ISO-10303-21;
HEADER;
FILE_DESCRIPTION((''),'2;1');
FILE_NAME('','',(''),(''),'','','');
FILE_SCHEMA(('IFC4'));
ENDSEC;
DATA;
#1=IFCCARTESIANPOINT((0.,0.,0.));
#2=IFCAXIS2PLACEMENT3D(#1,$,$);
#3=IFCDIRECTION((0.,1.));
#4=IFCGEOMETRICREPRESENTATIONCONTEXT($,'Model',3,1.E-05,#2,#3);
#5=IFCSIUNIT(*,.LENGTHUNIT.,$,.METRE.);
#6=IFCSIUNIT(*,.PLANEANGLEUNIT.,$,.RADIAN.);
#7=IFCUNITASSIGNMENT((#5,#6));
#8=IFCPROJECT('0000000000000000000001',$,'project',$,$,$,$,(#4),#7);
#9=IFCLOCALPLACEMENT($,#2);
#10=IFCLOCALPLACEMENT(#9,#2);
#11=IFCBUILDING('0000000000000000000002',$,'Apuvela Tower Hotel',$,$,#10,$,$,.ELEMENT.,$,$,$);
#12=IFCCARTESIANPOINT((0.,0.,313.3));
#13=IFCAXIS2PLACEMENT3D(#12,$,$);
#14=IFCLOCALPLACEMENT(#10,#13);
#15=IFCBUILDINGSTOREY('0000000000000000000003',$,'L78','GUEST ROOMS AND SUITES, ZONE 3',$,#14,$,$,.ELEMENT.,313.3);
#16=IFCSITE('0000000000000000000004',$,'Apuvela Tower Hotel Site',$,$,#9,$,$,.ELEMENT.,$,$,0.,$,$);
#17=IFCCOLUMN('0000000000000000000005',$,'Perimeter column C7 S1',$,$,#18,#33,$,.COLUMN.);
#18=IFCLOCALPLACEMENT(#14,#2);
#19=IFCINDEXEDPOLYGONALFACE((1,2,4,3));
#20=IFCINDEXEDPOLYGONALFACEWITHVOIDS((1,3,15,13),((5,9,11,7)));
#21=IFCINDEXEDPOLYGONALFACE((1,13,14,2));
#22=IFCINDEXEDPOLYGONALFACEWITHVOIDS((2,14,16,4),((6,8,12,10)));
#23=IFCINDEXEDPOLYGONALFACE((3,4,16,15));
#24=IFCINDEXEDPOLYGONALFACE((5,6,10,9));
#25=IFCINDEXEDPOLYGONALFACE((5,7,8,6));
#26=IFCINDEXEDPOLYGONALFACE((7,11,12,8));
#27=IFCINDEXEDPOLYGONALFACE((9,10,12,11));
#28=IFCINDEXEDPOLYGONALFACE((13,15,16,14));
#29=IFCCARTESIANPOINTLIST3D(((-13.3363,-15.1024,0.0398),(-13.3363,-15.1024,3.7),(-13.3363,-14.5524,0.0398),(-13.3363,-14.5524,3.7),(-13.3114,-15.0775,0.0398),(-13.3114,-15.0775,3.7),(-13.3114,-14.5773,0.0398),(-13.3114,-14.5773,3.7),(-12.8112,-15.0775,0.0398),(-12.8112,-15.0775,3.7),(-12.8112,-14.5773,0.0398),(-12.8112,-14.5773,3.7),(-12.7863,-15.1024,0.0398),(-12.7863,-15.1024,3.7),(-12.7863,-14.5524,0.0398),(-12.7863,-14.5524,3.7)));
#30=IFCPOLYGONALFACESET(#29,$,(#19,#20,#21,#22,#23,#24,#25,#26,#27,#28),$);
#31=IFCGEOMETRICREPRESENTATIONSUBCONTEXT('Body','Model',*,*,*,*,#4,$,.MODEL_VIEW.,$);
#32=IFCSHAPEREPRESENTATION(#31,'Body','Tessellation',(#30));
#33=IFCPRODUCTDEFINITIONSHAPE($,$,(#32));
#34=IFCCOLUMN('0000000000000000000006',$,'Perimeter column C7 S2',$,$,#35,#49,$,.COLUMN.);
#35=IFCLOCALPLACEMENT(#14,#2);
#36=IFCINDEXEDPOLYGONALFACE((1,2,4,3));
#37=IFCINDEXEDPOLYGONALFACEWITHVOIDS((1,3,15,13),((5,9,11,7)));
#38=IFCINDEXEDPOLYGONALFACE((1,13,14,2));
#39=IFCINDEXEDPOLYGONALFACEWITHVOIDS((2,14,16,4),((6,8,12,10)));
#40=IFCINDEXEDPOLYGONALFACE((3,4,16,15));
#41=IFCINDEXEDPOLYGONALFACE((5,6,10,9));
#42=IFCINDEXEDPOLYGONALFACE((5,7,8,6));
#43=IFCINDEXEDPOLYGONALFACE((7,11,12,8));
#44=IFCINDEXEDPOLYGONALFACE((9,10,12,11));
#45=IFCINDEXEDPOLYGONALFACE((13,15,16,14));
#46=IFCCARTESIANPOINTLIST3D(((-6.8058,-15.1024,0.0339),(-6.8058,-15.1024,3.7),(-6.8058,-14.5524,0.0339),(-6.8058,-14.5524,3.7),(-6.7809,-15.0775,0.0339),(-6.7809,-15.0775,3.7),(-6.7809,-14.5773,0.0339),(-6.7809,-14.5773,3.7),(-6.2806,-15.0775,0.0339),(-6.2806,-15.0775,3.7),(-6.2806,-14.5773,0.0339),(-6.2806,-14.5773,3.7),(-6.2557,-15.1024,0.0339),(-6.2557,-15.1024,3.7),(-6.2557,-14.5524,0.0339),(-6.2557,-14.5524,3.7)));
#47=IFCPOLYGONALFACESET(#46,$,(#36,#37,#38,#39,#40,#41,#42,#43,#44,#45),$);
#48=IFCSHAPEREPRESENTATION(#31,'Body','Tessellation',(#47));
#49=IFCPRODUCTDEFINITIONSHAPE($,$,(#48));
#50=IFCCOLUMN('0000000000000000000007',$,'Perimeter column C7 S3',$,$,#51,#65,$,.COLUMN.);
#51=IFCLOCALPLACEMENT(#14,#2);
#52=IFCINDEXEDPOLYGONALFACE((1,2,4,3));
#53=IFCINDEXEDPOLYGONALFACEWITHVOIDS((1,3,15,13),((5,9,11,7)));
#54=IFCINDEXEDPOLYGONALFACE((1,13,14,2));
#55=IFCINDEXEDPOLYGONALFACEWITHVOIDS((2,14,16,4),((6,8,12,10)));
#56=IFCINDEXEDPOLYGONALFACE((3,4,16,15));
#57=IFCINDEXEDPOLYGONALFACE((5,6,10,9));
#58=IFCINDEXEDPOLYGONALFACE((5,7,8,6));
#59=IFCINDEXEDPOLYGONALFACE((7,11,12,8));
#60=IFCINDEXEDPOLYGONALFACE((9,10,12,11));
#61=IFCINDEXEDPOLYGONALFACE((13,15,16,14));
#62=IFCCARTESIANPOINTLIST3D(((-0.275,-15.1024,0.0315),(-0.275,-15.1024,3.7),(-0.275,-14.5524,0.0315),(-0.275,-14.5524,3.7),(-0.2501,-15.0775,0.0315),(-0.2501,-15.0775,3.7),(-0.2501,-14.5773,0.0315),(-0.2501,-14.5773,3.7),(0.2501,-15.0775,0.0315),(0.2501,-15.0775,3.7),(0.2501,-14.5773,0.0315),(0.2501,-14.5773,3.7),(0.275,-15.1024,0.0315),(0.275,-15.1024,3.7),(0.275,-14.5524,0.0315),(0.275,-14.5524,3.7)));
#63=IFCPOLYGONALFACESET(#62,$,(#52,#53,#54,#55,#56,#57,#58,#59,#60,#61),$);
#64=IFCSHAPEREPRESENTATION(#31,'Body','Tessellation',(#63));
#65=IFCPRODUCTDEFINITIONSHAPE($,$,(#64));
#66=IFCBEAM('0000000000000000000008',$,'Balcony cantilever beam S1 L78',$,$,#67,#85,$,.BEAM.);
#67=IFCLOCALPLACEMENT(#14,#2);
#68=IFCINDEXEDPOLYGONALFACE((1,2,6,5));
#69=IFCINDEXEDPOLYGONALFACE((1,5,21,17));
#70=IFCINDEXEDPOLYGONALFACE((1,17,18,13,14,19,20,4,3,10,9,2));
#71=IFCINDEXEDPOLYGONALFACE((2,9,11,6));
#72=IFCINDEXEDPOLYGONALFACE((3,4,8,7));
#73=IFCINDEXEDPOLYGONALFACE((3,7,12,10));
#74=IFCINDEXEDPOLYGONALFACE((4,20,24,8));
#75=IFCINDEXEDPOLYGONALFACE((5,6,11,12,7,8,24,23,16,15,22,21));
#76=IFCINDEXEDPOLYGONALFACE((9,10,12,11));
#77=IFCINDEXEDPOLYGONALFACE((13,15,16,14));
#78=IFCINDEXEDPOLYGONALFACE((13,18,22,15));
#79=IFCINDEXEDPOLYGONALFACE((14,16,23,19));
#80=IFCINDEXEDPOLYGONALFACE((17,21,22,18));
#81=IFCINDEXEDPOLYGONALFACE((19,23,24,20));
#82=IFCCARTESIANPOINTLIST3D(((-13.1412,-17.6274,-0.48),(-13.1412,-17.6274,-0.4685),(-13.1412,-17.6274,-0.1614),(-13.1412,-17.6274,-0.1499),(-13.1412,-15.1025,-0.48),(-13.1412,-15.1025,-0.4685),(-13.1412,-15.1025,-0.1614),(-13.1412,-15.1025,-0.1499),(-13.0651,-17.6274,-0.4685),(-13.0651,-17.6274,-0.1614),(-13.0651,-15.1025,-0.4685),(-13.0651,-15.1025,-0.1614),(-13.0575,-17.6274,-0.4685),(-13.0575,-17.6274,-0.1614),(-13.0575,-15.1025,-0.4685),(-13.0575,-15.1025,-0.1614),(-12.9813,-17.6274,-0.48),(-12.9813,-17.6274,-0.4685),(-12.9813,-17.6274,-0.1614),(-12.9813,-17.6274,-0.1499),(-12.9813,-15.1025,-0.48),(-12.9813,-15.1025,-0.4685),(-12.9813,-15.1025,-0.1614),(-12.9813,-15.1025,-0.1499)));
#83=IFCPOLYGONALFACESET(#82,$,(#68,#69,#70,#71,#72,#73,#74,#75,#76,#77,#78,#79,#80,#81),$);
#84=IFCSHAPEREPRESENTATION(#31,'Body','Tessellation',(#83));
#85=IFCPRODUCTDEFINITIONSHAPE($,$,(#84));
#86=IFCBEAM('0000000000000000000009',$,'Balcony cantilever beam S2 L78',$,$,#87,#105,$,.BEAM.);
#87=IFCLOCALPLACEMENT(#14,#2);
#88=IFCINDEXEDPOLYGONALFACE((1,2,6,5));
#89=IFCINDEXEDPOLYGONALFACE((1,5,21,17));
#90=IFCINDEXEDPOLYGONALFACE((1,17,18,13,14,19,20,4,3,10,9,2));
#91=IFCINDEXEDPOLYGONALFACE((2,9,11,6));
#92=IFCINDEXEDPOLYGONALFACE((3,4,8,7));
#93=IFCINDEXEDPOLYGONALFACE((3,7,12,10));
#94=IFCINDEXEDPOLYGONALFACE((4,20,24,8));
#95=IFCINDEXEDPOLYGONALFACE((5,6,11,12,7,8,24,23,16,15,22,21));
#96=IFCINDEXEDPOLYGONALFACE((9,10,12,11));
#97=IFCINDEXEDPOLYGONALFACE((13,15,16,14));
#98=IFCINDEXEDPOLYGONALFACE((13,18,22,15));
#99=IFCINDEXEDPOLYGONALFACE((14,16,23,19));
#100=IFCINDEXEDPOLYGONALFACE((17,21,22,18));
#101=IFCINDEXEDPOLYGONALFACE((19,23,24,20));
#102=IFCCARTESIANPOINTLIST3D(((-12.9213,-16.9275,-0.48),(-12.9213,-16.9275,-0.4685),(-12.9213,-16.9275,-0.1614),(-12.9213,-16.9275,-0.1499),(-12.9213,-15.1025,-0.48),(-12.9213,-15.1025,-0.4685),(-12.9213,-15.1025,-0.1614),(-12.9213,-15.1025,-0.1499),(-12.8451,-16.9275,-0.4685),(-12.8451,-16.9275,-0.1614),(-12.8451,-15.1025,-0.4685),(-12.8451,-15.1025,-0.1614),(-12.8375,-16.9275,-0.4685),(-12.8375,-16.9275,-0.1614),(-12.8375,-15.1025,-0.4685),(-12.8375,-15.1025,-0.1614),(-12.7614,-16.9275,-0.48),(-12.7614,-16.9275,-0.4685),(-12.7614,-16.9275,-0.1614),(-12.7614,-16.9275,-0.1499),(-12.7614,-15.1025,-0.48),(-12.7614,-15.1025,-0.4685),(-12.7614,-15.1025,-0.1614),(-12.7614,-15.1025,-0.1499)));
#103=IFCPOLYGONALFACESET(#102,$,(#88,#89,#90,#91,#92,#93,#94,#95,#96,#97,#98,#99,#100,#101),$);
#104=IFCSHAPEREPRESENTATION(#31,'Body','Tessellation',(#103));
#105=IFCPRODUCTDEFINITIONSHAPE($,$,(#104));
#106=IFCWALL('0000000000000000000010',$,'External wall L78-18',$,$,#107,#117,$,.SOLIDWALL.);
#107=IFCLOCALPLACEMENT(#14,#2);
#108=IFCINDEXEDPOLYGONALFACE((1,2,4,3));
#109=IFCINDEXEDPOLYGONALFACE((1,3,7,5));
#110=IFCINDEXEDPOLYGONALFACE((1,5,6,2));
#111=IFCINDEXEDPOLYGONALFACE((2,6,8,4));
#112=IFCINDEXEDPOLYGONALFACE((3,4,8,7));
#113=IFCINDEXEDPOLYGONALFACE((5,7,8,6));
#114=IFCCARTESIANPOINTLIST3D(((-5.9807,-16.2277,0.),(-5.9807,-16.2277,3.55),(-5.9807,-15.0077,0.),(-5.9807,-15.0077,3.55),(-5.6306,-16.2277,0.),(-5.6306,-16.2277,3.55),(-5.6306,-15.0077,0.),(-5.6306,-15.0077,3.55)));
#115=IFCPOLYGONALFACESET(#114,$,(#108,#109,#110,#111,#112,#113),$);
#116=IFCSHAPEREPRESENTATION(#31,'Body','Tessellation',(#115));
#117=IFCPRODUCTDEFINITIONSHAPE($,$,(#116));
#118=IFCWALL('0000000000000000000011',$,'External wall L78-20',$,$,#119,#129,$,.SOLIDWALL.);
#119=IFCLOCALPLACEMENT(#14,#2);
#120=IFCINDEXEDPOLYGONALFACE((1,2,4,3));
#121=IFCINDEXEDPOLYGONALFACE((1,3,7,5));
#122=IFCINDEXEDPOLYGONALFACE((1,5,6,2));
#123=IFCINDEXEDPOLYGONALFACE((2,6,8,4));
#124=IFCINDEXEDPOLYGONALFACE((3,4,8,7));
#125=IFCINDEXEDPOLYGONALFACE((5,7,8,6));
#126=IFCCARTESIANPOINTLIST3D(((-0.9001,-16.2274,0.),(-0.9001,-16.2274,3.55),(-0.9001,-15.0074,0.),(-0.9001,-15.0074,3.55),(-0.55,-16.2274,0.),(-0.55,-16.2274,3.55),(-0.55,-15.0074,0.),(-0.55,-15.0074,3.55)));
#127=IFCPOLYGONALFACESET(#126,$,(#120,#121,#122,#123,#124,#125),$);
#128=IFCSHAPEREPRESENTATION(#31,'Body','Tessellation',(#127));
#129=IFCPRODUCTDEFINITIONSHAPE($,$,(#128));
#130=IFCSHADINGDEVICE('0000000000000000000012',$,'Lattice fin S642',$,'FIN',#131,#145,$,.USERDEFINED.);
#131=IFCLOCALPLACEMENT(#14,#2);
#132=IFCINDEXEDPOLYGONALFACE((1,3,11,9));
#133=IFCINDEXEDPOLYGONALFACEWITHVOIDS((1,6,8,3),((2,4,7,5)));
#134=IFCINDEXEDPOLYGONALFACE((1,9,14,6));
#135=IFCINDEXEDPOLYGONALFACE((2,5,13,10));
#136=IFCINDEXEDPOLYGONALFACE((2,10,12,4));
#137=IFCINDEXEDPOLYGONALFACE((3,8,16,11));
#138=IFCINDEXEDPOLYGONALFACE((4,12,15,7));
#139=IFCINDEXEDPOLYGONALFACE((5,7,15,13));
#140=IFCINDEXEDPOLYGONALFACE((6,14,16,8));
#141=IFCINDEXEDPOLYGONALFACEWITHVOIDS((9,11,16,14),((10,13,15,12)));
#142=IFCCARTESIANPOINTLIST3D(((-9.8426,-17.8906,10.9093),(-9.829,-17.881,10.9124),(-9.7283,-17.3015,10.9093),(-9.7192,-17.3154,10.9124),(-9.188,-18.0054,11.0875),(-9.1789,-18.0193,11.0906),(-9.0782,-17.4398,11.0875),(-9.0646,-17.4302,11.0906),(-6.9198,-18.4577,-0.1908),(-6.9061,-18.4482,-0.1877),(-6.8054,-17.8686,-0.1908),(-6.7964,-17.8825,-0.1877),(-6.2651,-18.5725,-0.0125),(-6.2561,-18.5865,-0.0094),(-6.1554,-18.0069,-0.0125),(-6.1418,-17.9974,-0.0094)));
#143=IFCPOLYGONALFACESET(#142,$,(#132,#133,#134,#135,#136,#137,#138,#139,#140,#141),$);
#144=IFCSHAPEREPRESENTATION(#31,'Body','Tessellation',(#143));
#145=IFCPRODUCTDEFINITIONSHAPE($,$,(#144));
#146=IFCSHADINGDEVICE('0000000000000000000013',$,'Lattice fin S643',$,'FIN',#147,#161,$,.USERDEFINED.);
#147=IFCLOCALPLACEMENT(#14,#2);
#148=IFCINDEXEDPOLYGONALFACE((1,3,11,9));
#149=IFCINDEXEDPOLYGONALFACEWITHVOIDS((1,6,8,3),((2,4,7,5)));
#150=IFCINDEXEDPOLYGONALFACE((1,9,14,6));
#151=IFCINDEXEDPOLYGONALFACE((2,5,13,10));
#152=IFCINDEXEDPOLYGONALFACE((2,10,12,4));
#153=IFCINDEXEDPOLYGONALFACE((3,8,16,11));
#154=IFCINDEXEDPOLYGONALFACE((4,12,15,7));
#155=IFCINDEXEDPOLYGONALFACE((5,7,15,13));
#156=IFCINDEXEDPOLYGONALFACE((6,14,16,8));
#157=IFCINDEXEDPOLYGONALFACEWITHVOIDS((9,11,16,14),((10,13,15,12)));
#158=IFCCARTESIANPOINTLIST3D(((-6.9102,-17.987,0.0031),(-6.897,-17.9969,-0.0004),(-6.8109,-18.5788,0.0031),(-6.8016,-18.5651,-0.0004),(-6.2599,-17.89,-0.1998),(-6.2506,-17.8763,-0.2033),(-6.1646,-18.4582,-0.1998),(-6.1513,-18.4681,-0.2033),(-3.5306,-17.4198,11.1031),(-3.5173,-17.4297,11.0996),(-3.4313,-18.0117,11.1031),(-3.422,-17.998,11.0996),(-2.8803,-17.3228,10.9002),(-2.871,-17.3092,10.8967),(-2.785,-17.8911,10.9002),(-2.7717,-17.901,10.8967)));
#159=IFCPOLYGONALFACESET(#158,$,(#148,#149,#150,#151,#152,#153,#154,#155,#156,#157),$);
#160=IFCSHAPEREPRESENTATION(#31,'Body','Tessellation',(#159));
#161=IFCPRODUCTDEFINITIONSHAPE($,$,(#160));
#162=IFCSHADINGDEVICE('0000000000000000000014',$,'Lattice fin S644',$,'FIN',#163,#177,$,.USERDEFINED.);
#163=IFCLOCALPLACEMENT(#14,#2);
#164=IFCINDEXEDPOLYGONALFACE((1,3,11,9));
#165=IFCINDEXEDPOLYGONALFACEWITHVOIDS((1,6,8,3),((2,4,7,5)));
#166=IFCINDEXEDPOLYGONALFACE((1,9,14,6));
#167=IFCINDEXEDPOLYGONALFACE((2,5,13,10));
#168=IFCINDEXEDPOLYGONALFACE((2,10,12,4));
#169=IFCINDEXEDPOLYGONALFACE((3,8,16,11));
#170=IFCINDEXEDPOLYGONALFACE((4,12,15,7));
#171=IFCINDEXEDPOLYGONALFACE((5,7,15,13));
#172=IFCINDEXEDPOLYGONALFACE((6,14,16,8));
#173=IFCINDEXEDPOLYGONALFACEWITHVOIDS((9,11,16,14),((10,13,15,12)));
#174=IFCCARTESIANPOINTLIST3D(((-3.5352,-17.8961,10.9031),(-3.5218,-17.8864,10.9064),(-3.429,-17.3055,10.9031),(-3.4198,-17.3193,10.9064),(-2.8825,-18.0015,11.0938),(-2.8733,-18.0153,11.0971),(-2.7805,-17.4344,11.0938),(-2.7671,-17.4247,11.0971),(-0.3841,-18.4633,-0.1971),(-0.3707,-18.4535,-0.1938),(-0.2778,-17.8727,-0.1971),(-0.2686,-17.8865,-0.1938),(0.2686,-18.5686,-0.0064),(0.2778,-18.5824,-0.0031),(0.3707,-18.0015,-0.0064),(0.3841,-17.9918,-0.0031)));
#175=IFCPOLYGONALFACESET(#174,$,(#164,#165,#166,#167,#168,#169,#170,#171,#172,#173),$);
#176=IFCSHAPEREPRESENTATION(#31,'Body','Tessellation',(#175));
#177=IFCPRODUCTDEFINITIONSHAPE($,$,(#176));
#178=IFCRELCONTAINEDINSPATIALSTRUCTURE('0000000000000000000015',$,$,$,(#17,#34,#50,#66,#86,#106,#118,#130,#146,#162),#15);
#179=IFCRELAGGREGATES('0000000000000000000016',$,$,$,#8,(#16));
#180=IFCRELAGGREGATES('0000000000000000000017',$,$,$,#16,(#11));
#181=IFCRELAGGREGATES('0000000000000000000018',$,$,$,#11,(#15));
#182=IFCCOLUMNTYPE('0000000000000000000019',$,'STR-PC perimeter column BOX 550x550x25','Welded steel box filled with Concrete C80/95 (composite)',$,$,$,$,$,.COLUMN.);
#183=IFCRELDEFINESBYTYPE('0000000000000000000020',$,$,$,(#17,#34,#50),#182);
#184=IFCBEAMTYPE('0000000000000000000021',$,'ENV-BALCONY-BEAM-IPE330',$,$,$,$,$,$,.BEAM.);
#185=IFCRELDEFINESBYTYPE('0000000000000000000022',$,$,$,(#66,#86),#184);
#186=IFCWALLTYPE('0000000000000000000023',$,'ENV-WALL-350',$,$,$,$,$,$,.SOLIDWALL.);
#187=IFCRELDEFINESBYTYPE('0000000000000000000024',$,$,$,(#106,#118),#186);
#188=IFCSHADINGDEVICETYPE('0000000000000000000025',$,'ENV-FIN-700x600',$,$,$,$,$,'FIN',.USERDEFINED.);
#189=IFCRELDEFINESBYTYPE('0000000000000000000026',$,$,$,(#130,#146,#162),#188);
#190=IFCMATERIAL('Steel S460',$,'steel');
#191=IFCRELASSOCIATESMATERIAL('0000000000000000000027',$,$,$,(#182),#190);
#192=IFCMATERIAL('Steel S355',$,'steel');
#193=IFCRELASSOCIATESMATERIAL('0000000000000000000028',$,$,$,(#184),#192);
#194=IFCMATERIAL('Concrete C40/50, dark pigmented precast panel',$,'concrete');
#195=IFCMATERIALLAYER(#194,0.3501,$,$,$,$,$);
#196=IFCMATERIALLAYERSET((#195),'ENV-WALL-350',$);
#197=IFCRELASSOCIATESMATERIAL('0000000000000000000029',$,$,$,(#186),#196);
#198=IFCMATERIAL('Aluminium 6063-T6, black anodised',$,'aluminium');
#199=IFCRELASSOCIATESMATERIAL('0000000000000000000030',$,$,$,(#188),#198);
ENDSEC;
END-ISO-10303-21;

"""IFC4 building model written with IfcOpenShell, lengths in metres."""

from ifc_helpers import new_model, si_unit, direction, frame, frame_2d, origin, origin_2d, place, context, subcontext, project, spatial, rectangle, hollow_rectangle, i_section, extrude, boolean, halfspace, material, layer, layer_set, material_profile, profile_set, type_object, element, save


model = new_model("IFC4")

# Units and contexts
model_context = context("Model", 3, precision=1e-05, world=origin(), true_north=direction((0.0, 1.0)))
body_context = subcontext(model_context, "Body", "Model", "MODEL_VIEW")
ifc_project = project(units=[si_unit("LENGTHUNIT", "METRE"), si_unit("PLANEANGLEUNIT", "RADIAN")], contexts=[model_context])

# Site, building, storey
site_placement = place(None, origin())
site = spatial("IfcSite", under=ifc_project, at=site_placement, Name="Apuvela Tower Hotel Site", CompositionType="ELEMENT", RefElevation=0.0)
building_placement = place(site_placement, origin())
building = spatial("IfcBuilding", under=site, at=building_placement, Name="Apuvela Tower Hotel", CompositionType="ELEMENT")
storey_placement = place(building_placement, frame((0.0, 0.0, 313.3)))
storey = spatial("IfcBuildingStorey", under=building, at=storey_placement, Name="L78", Description="GUEST ROOMS AND SUITES, ZONE 3", CompositionType="ELEMENT", Elevation=313.3)

# Columns
ifc_material_1 = material(Name="Steel S460", Category="steel")
ifc_material_profile_1 = material_profile(ifc_material_1, hollow_rectangle(XDim=0.55, YDim=0.55, WallThickness=0.0249, at=origin_2d()), Name="BOX 550x550x25")
ifc_material_2 = material(Name="Concrete C80/95", Category="concrete")
ifc_material_profile_2 = material_profile(ifc_material_2, rectangle(XDim=0.5, YDim=0.5, at=origin_2d()), Name="Concrete C80/95 infill")
ifc_profile_set_1 = profile_set([ifc_material_profile_1, ifc_material_profile_2], Name="Steel S460")
column_type = type_object("IfcColumnType", Name="STR-PC perimeter column BOX 550x550x25", Description="Welded steel box filled with Concrete C80/95 (composite)", PredefinedType="COLUMN", material=ifc_profile_set_1)
column_1_placement = place(storey_placement, frame((-13.0613, -14.8274, 0.0), z_axis=(0.0, 0.0, 1.0), x_axis=(-1.0, 0.0, 0.0)))
element("IfcColumn", 1, at=column_1_placement, inside=storey, type_object=column_type, Name="Perimeter column C7 S1", PredefinedType="COLUMN", context=body_context, shape_type="SweptSolid", body=[
    boolean("DIFFERENCE", extrude(hollow_rectangle(XDim=0.55, YDim=0.55, WallThickness=0.0249, at=origin_2d()), origin(), (0.0, 0.0, 1.0), 3.7), halfspace(frame((0.0, 0.0, 0.0398), z_axis=(0.0, 0.0, 1.0), x_axis=(1.0, 0.0, 0.0)), True)),
])
column_2_placement = place(storey_placement, frame((-6.5308, -14.8274, 0.0), z_axis=(0.0, 0.0, 1.0), x_axis=(-1.0, 0.0, 0.0)))
element("IfcColumn", 2, at=column_2_placement, inside=storey, type_object=column_type, Name="Perimeter column C7 S2", PredefinedType="COLUMN", context=body_context, shape_type="SweptSolid", body=[
    boolean("DIFFERENCE", extrude(hollow_rectangle(XDim=0.55, YDim=0.55, WallThickness=0.0249, at=origin_2d()), origin(), (0.0, 0.0, 1.0), 3.7), halfspace(frame((0.0, 0.0, 0.0339), z_axis=(0.0, 0.0, 1.0), x_axis=(1.0, 0.0, 0.0)), True)),
])
column_3_placement = place(storey_placement, frame((0.0, -14.8274, 0.0), z_axis=(0.0, 0.0, 1.0), x_axis=(-1.0, 0.0, 0.0)))
element("IfcColumn", 3, at=column_3_placement, inside=storey, type_object=column_type, Name="Perimeter column C7 S3", PredefinedType="COLUMN", context=body_context, shape_type="SweptSolid", body=[
    boolean("DIFFERENCE", extrude(hollow_rectangle(XDim=0.55, YDim=0.55, WallThickness=0.0249, at=origin_2d()), origin(), (0.0, 0.0, 1.0), 3.7), halfspace(frame((0.0, 0.0, 0.0315), z_axis=(0.0, 0.0, 1.0), x_axis=(1.0, 0.0, 0.0)), True)),
])

# Beams
ifc_material_3 = material(Name="Steel S355", Category="steel")
ifc_material_profile_3 = material_profile(ifc_material_3, i_section(OverallWidth=0.1599, OverallDepth=0.3301, WebThickness=0.0076, FlangeThickness=0.0115, at=origin_2d()), Name="IPE 330")
ifc_profile_set_2 = profile_set([ifc_material_profile_3], Name="Steel S355")
beam_type = type_object("IfcBeamType", Name="ENV-BALCONY-BEAM-IPE330", PredefinedType="BEAM", material=ifc_profile_set_2)
beam_1_placement = place(storey_placement, frame((-13.0613, -15.1025, -0.3149), z_axis=(0.0, -1.0, 0.0), x_axis=(1.0, 0.0, 0.0)))
element("IfcBeam", 4, at=beam_1_placement, inside=storey, type_object=beam_type, Name="Balcony cantilever beam S1 L78", PredefinedType="BEAM", context=body_context, shape_type="SweptSolid", body=[
    extrude(i_section(OverallWidth=0.1599, OverallDepth=0.3301, WebThickness=0.0076, FlangeThickness=0.0115, at=origin_2d()), origin(), (0.0, 0.0, 1.0), 2.5249),
])
beam_2_placement = place(storey_placement, frame((-12.8413, -15.1025, -0.3149), z_axis=(0.0, -1.0, 0.0), x_axis=(1.0, 0.0, 0.0)))
element("IfcBeam", 5, at=beam_2_placement, inside=storey, type_object=beam_type, Name="Balcony cantilever beam S2 L78", PredefinedType="BEAM", context=body_context, shape_type="SweptSolid", body=[
    extrude(i_section(OverallWidth=0.1599, OverallDepth=0.3301, WebThickness=0.0076, FlangeThickness=0.0115, at=origin_2d()), origin(), (0.0, 0.0, 1.0), 1.825),
])

# Wall
ifc_material_4 = material(Name="Concrete C40/50, dark pigmented precast panel", Category="concrete")
ifc_layer = layer(ifc_material_4, 0.3501)
ifc_layer_set = layer_set([ifc_layer], Name="ENV-WALL-350")
wall_type = type_object("IfcWallType", Name="ENV-WALL-350", PredefinedType="SOLIDWALL", material=ifc_layer_set)
wall_1_placement = place(storey_placement, frame((-5.8057, -16.2275, 0.0), z_axis=(0.0, 0.0, 1.0), x_axis=(0.0, 1.0, 0.0)))
element("IfcWall", 6, at=wall_1_placement, inside=storey, type_object=wall_type, Name="External wall L78-18", PredefinedType="SOLIDWALL", context=body_context, shape_type="SweptSolid", body=[
    extrude(rectangle(XDim=1.22, YDim=0.3501, at=frame_2d((0.6099, 0.0))), origin(), (0.0, 0.0, 1.0), 3.55),
])

# Wall
wall_2_placement = place(storey_placement, frame((-0.7251, -15.0076, 0.0), z_axis=(0.0, 0.0, 1.0), x_axis=(0.0, -1.0, 0.0)))
element("IfcWall", 7, at=wall_2_placement, inside=storey, type_object=wall_type, Name="External wall L78-20", PredefinedType="SOLIDWALL", context=body_context, shape_type="SweptSolid", body=[
    extrude(rectangle(XDim=1.22, YDim=0.3501, at=frame_2d((0.6099, 0.0))), origin(), (0.0, 0.0, 1.0), 3.55),
])

# Shading devices
ifc_material_5 = material(Name="Aluminium 6063-T6, black anodised", Category="aluminium")
ifc_material_profile_4 = material_profile(ifc_material_5, hollow_rectangle(XDim=0.6001, YDim=0.7, WallThickness=0.012, at=origin_2d()), Name="AL BOX 700x600x12")
ifc_profile_set_3 = profile_set([ifc_material_profile_4], Name="Aluminium 6063-T6, black anodised")
shading_device_type = type_object("IfcShadingDeviceType", Name="ENV-FIN-700x600", ElementType="FIN", PredefinedType="USERDEFINED", material=ifc_profile_set_3)
shading_device_1_placement = place(storey_placement, frame((-6.5308, -18.2275, -0.1001), z_axis=(-0.254328, 0.049349, 0.965858), x_axis=(-0.190483, -0.98169, 0.0)))
element("IfcShadingDevice", 8, at=shading_device_1_placement, inside=storey, type_object=shading_device_type, Name="Lattice fin S642", ObjectType="FIN", PredefinedType="USERDEFINED", context=body_context, shape_type="SweptSolid", body=[
    extrude(hollow_rectangle(XDim=0.6001, YDim=0.7, WallThickness=0.012, at=origin_2d()), origin(), (0.0, 0.0, 1.0), 11.4924),
])
shading_device_2_placement = place(storey_placement, frame((-6.5308, -18.2275, -0.1001), z_axis=(0.290921, 0.04882, 0.955501), x_axis=(-0.165496, 0.98621, 0.0)))
element("IfcShadingDevice", 9, at=shading_device_2_placement, inside=storey, type_object=shading_device_type, Name="Lattice fin S643", ObjectType="FIN", PredefinedType="USERDEFINED", context=body_context, shape_type="SweptSolid", body=[
    extrude(hollow_rectangle(XDim=0.6001, YDim=0.7, WallThickness=0.012, at=origin_2d()), origin(), (0.0, 0.0, 1.0), 11.6169),
])
for number, where, z_axis, x_axis, name in (
    (10, (0.0, -18.2275, -0.1001), (-0.272762, 0.049092, 0.960828), (-0.177134, -0.984187, 0.0), "Lattice fin S644"),
):
    element("IfcShadingDevice", number, at=place(storey_placement, frame(where, z_axis=z_axis, x_axis=x_axis)), inside=storey, type_object=shading_device_type, Name=name, ObjectType="FIN", PredefinedType="USERDEFINED", context=body_context, shape_type="SweptSolid", body=[
        extrude(hollow_rectangle(XDim=0.6001, YDim=0.7, WallThickness=0.012, at=origin_2d()), origin(), (0.0, 0.0, 1.0), 11.5527),
    ])

save(model, "model.ifc")
